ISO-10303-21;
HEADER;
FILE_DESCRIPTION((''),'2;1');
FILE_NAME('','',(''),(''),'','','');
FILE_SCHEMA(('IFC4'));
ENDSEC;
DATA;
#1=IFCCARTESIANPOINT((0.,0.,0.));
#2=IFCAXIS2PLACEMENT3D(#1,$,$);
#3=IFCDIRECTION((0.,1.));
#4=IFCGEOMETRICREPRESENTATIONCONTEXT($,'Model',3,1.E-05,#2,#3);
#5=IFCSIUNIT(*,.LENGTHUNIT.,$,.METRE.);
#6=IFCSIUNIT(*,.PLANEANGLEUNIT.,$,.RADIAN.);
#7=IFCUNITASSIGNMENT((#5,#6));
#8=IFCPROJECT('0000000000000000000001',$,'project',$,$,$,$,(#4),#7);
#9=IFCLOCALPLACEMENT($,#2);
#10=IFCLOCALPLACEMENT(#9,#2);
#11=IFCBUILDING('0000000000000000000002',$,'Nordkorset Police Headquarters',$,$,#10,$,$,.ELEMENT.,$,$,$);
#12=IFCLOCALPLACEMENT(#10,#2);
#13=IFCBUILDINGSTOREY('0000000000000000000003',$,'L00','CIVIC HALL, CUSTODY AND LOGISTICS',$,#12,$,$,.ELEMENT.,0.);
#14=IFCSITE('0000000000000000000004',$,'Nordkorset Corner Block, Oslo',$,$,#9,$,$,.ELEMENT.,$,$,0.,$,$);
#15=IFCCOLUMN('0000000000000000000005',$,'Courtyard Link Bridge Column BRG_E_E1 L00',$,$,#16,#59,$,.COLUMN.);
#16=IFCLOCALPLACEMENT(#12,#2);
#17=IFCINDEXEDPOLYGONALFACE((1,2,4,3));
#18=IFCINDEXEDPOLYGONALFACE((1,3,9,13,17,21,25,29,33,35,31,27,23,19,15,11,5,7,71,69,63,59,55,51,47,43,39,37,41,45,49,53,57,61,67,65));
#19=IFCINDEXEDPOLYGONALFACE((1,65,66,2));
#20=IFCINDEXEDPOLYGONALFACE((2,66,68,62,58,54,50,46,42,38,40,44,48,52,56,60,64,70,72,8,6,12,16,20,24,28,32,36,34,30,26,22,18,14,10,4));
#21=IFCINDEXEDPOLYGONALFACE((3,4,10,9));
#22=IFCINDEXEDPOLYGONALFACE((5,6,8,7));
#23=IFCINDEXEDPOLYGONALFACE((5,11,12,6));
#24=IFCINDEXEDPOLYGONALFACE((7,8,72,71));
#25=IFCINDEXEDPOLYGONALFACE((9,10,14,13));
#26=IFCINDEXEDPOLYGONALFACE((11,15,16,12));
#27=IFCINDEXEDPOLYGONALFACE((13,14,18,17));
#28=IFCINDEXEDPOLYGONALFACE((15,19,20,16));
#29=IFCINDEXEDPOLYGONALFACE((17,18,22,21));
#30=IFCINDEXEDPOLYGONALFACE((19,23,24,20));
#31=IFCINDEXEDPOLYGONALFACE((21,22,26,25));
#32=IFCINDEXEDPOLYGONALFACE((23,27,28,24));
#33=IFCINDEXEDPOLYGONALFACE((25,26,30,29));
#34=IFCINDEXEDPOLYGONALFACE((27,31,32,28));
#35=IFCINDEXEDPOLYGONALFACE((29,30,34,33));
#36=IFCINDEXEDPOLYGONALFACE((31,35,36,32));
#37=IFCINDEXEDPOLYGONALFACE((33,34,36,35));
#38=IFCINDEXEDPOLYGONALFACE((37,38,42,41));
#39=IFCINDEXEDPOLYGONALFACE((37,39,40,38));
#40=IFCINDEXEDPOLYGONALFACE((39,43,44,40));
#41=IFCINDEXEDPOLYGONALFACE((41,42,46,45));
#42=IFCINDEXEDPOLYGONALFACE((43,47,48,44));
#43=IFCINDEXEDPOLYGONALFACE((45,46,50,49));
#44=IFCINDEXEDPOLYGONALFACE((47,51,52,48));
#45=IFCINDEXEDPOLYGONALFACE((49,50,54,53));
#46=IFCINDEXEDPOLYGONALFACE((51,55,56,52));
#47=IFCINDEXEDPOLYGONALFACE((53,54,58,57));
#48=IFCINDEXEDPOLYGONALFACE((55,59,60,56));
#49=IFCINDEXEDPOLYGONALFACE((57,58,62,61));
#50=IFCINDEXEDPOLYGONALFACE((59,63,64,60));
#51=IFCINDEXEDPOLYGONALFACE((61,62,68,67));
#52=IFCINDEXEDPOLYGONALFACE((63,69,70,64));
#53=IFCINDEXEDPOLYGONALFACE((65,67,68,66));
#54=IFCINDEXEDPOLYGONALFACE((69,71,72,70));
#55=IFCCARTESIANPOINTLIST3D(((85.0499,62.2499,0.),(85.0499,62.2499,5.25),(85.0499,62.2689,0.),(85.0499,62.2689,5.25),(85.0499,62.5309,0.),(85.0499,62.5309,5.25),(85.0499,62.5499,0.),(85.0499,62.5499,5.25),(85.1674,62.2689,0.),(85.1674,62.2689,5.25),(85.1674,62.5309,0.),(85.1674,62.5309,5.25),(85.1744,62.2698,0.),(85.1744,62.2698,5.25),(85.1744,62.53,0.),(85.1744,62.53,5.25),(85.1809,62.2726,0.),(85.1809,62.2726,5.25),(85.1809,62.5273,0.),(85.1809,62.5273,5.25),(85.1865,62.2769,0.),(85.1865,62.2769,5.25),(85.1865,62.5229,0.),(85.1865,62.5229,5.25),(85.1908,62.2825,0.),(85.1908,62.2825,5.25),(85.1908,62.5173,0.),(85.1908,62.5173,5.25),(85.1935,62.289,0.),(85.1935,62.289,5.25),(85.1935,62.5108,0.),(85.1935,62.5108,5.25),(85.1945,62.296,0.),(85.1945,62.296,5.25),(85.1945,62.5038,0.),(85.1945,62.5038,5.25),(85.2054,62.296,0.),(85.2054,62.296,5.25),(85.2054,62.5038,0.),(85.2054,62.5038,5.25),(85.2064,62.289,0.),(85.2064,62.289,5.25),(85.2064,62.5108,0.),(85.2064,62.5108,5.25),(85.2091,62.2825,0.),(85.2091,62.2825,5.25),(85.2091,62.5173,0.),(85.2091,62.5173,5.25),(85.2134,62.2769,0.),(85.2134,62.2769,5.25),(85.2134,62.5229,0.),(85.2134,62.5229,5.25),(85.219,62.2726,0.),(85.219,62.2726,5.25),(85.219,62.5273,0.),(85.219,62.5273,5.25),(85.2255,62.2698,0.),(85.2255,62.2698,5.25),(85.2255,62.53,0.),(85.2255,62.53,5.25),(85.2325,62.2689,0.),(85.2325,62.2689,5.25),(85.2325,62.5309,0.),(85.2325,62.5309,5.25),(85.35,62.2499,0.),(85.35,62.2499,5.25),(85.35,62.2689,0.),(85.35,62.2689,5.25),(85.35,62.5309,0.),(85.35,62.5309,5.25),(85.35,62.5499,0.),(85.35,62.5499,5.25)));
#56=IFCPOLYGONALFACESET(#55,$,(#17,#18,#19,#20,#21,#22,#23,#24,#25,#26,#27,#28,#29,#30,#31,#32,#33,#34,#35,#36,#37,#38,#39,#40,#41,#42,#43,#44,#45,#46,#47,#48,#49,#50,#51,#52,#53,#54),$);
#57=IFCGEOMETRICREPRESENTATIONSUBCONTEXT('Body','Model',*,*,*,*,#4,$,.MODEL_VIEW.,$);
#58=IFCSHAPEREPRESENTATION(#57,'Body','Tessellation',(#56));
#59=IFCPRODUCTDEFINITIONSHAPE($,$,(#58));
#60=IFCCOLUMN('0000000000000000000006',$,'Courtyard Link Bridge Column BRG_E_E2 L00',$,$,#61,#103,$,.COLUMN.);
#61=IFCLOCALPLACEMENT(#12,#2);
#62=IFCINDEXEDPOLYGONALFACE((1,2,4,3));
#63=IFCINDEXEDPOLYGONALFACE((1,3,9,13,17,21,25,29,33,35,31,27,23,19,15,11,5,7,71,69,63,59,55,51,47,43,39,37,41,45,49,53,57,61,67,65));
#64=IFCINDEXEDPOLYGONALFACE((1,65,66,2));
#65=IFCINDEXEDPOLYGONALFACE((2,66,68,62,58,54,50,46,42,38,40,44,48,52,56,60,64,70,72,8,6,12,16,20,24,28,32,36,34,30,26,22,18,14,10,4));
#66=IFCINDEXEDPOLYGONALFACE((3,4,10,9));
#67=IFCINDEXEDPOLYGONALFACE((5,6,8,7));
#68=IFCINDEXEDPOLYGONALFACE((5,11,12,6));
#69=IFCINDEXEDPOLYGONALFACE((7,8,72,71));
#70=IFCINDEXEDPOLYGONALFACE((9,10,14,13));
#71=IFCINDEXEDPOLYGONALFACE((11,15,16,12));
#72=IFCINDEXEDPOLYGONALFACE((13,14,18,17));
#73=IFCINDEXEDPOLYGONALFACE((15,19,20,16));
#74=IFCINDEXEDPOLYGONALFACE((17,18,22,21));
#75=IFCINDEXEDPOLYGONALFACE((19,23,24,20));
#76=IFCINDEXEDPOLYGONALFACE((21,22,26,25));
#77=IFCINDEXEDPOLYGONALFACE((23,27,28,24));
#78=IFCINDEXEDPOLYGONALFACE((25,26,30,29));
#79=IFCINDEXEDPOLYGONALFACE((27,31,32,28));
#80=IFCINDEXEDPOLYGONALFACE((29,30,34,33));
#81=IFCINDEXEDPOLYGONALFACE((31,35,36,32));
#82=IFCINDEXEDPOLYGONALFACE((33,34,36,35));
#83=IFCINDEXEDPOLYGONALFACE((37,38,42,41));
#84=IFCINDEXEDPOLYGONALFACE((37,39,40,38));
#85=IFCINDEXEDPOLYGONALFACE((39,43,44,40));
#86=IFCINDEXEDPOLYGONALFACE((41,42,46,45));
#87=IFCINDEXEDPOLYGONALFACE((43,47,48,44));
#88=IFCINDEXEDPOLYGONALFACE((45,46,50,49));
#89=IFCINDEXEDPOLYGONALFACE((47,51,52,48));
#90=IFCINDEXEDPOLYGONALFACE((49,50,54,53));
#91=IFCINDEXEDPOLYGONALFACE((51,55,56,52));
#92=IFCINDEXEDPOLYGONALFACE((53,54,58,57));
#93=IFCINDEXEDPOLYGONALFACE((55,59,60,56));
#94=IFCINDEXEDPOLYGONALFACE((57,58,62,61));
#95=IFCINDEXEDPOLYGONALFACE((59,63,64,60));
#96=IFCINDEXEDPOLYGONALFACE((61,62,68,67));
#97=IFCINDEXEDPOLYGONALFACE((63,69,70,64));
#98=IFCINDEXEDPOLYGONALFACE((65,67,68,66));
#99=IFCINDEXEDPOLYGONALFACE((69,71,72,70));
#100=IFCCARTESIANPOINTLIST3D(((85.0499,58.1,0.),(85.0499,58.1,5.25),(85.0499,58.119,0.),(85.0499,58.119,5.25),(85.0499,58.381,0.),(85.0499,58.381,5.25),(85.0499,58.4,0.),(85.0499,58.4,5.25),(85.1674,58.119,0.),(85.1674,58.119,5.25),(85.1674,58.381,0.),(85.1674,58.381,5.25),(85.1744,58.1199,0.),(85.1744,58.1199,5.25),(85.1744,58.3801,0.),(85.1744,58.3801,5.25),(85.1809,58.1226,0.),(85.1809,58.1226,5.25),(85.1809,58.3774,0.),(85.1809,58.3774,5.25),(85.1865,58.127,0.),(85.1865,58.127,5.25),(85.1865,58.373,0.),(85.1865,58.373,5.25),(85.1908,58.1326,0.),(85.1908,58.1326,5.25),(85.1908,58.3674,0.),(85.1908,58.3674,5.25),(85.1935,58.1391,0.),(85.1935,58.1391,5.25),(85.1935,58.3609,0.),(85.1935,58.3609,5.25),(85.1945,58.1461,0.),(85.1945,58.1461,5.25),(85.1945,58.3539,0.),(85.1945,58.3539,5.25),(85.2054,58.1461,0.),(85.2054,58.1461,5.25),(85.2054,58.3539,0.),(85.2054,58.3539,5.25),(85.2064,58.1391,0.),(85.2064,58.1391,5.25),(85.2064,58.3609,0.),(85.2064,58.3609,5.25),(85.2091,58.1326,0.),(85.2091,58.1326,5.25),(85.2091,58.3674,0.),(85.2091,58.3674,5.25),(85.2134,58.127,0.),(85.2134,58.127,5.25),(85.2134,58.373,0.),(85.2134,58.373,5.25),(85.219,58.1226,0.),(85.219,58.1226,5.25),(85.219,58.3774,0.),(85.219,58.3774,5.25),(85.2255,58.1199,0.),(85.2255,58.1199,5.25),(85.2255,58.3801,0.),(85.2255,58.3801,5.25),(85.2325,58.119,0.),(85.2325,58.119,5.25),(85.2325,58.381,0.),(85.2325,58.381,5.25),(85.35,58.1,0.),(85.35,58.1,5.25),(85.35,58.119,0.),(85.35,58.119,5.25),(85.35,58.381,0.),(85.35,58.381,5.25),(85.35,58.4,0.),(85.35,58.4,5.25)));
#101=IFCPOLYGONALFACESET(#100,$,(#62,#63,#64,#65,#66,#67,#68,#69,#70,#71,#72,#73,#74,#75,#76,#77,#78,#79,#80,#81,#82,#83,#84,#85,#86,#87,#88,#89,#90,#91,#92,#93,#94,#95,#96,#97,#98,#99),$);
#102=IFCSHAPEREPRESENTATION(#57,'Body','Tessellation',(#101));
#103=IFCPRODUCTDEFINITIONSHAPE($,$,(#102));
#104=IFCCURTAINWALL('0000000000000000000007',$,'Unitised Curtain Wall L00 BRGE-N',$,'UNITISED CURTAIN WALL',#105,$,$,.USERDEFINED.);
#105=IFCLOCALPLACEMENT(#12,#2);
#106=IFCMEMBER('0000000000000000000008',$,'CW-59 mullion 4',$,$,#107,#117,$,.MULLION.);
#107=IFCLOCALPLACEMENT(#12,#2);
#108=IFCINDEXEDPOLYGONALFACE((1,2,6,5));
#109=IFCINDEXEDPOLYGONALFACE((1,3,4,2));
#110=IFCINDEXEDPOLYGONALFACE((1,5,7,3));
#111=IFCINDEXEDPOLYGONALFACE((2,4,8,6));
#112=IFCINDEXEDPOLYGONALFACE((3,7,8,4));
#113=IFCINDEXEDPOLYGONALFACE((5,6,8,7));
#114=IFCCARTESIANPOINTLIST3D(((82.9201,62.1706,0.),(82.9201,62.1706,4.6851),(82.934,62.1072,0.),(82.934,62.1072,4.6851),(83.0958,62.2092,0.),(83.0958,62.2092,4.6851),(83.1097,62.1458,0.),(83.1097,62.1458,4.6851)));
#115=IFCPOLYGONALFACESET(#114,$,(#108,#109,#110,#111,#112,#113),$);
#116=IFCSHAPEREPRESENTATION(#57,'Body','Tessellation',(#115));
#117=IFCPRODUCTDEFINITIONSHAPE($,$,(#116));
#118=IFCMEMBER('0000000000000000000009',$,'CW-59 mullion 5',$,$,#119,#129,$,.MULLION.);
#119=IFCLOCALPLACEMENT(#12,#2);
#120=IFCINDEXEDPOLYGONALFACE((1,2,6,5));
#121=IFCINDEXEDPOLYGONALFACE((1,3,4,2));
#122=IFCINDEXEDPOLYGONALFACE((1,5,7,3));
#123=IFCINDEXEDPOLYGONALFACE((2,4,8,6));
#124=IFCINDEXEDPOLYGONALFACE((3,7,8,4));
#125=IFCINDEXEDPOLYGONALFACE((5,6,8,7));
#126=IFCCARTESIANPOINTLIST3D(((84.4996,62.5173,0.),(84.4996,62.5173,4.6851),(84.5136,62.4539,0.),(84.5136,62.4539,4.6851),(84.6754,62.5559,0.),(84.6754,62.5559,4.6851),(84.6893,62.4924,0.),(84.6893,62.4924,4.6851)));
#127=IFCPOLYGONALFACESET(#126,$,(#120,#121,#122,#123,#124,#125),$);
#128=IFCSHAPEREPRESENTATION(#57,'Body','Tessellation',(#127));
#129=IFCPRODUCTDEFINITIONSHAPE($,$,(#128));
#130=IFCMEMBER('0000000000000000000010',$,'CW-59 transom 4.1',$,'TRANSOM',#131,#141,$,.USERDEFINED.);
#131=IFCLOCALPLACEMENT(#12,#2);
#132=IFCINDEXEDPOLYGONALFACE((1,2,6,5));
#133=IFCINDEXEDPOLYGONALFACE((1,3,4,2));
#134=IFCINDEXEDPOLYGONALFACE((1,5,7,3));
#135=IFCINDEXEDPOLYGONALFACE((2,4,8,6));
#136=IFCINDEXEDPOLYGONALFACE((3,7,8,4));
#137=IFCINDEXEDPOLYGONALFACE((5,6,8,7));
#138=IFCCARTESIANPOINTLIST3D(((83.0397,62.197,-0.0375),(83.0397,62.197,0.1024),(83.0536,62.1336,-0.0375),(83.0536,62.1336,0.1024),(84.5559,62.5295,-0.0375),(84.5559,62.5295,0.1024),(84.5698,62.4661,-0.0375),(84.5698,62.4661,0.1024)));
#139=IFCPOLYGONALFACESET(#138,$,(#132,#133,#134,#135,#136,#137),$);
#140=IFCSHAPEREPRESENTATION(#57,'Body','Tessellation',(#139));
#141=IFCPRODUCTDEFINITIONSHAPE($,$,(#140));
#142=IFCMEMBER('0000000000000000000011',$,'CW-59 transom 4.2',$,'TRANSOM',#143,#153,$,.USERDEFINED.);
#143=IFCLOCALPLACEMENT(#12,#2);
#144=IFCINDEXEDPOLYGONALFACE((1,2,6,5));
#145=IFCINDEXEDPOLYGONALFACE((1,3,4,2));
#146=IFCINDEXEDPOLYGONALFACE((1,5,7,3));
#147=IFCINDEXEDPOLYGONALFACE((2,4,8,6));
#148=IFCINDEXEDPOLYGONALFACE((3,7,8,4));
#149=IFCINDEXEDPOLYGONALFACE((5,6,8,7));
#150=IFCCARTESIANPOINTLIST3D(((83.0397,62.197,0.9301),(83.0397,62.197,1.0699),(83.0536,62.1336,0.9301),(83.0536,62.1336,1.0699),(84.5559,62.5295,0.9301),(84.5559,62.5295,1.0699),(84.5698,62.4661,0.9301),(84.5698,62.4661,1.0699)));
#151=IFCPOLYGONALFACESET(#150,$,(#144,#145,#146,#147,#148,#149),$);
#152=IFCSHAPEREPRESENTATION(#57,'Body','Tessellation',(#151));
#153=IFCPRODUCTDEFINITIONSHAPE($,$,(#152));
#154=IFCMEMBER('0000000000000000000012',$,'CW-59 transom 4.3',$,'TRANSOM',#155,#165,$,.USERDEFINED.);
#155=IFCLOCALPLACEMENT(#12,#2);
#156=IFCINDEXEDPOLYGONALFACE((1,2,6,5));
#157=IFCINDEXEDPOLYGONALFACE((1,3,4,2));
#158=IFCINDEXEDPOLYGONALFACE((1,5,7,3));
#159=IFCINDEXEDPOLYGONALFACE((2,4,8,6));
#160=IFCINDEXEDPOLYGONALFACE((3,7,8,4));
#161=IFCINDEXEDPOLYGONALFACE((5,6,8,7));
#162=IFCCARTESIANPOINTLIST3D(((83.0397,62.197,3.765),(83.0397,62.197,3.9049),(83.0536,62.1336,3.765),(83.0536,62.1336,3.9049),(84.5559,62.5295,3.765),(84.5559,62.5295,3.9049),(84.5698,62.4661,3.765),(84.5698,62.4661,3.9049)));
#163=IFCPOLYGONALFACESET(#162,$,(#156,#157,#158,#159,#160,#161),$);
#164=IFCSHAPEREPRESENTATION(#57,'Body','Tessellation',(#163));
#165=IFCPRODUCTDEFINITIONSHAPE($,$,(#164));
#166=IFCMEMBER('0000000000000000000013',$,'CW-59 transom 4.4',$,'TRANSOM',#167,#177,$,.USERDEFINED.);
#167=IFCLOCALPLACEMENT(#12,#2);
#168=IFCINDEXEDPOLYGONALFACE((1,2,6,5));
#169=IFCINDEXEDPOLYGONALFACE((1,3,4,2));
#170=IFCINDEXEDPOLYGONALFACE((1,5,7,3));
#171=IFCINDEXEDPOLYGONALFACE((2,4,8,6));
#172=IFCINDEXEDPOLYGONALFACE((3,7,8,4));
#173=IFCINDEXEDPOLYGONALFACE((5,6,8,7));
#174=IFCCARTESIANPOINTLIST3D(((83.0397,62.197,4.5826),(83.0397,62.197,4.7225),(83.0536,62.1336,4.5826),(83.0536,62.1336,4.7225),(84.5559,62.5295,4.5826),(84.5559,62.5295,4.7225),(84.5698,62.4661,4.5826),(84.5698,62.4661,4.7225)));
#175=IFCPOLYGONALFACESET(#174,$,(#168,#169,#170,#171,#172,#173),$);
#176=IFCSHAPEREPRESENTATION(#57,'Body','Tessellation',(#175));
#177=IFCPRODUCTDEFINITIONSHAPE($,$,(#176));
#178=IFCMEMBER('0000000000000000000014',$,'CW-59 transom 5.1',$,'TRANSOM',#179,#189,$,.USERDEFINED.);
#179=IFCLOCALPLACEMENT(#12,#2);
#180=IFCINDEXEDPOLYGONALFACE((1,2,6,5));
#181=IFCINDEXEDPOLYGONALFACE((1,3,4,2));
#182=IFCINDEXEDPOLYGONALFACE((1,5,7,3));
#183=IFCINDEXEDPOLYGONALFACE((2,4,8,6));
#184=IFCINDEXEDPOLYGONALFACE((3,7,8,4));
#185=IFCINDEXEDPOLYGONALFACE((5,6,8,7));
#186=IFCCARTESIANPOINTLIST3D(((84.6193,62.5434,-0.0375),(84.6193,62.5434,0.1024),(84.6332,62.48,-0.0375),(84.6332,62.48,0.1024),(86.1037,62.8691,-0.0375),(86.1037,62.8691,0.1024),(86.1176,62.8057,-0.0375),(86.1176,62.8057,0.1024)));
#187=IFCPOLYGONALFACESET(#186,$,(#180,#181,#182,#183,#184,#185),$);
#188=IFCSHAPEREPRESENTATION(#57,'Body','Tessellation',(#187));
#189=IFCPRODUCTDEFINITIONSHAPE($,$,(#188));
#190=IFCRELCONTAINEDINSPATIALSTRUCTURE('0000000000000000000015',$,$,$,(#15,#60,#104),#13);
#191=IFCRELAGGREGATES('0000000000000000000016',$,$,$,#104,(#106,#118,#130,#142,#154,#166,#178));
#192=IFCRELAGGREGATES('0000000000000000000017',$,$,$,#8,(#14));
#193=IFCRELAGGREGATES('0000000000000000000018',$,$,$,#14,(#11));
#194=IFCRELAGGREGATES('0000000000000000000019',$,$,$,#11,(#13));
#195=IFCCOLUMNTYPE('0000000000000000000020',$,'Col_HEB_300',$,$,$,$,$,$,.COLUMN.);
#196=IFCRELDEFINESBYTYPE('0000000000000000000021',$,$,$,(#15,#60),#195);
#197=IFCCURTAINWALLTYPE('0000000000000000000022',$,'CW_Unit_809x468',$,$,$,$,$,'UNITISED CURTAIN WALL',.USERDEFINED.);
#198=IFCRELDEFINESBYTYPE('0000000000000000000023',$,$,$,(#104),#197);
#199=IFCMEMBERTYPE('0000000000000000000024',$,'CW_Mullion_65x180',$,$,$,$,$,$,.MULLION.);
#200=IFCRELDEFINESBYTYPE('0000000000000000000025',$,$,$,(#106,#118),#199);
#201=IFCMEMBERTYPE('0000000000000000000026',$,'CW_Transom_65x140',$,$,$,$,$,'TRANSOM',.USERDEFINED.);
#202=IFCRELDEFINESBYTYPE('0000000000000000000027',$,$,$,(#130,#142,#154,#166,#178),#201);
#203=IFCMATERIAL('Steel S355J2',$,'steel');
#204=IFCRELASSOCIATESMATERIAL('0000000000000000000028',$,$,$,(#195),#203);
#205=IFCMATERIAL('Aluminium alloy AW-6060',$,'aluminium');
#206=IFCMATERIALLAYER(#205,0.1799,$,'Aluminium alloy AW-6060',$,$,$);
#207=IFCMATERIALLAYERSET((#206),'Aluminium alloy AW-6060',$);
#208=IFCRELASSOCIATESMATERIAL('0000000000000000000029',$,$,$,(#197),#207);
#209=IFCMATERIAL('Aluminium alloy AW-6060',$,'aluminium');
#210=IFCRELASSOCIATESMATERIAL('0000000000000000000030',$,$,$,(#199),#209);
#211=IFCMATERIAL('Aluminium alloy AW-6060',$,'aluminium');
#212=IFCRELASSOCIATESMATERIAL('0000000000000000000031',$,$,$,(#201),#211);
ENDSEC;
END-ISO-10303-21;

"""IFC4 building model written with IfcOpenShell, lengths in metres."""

from ifc_helpers import new_model, si_unit, direction, frame, origin, origin_2d, place, context, subcontext, project, spatial, rectangle, i_section, extrude, material, layer, layer_set, material_profile, profile_set, type_object, element, aggregate, save


model = new_model("IFC4")

# Units and contexts
model_context = context("Model", 3, precision=1e-05, world=origin(), true_north=direction((0.0, 1.0)))
body_context = subcontext(model_context, "Body", "Model", "MODEL_VIEW")
ifc_project = project(units=[si_unit("LENGTHUNIT", "METRE"), si_unit("PLANEANGLEUNIT", "RADIAN")], contexts=[model_context])

# Site, building, storey
site_placement = place(None, origin())
site = spatial("IfcSite", under=ifc_project, at=site_placement, Name="Nordkorset Corner Block, Oslo", CompositionType="ELEMENT", RefElevation=0.0)
building_placement = place(site_placement, origin())
building = spatial("IfcBuilding", under=site, at=building_placement, Name="Nordkorset Police Headquarters", CompositionType="ELEMENT")
storey_placement = place(building_placement, origin())
storey = spatial("IfcBuildingStorey", under=building, at=storey_placement, Name="L00", Description="CIVIC HALL, CUSTODY AND LOGISTICS", CompositionType="ELEMENT", Elevation=0.0)

# Columns
ifc_material_1 = material(Name="Steel S355J2", Category="steel")
ifc_material_profile_1 = material_profile(ifc_material_1, i_section(OverallWidth=0.3, OverallDepth=0.3, WebThickness=0.011, FlangeThickness=0.019, FilletRadius=0.0271, at=origin_2d()), Name="HEB 300")
ifc_profile_set_1 = profile_set([ifc_material_profile_1], Name="Steel S355J2")
column_type = type_object("IfcColumnType", Name="Col_HEB_300", PredefinedType="COLUMN", material=ifc_profile_set_1)
for number, where, z_axis, x_axis, name in (
    (1, (85.2, 62.3999, 0.0), (0.0, 0.0, 1.0), (1.0, 0.0, 0.0), "Courtyard Link Bridge Column BRG_E_E1 L00"),
    (2, (85.2, 58.25, 0.0), (0.0, 0.0, 1.0), (1.0, 0.0, 0.0), "Courtyard Link Bridge Column BRG_E_E2 L00"),
):
    element("IfcColumn", number, at=place(storey_placement, frame(where, z_axis=z_axis, x_axis=x_axis)), inside=storey, type_object=column_type, Name=name, PredefinedType="COLUMN", context=body_context, shape_type="SweptSolid", body=[
        extrude(i_section(OverallWidth=0.3, OverallDepth=0.3, WebThickness=0.011, FlangeThickness=0.019, FilletRadius=0.0271, at=origin_2d()), origin(), (0.0, 0.0, 1.0), 5.25),
    ])

# Curtain wall, members
ifc_material_2 = material(Name="Aluminium alloy AW-6060", Category="aluminium")
ifc_layer_1 = layer(ifc_material_2, 0.1799, Name="Aluminium alloy AW-6060")
ifc_layer_set_1 = layer_set([ifc_layer_1], Name="Aluminium alloy AW-6060")
curtain_wall_type = type_object("IfcCurtainWallType", Name="CW_Unit_809x468", ElementType="UNITISED CURTAIN WALL", PredefinedType="USERDEFINED", material=ifc_layer_set_1)
curtain_wall_placement = place(storey_placement, origin())
curtain_wall = element("IfcCurtainWall", 3, at=curtain_wall_placement, inside=storey, type_object=curtain_wall_type, Name="Unitised Curtain Wall L00 BRGE-N", ObjectType="UNITISED CURTAIN WALL", PredefinedType="USERDEFINED")
ifc_material_3 = material(Name="Aluminium alloy AW-6060", Category="aluminium")
ifc_material_profile_2 = material_profile(ifc_material_3, rectangle(XDim=0.0649, YDim=0.1799, at=origin_2d()), Name="ALU MULL 65x180")
ifc_profile_set_2 = profile_set([ifc_material_profile_2], Name="Aluminium alloy AW-6060")
member_type_1 = type_object("IfcMemberType", Name="CW_Mullion_65x180", PredefinedType="MULLION", material=ifc_profile_set_2)
member_1_placement = place(storey_placement, frame((83.0149, 62.1582, 0.0), z_axis=(0.0, 0.0, 1.0), x_axis=(-0.214298, 0.976768, 0.0)))
member_1 = element("IfcMember", 4, at=member_1_placement, type_object=member_type_1, Name="CW-59 mullion 4", PredefinedType="MULLION", context=body_context, shape_type="SweptSolid", body=[
    extrude(rectangle(XDim=0.0649, YDim=0.1799, at=origin_2d()), origin(), (0.0, 0.0, 1.0), 4.6851),
])
member_2_placement = place(storey_placement, frame((84.5945, 62.5049, 0.0), z_axis=(0.0, 0.0, 1.0), x_axis=(-0.214298, 0.976768, 0.0)))
member_2 = element("IfcMember", 5, at=member_2_placement, type_object=member_type_1, Name="CW-59 mullion 5", PredefinedType="MULLION", context=body_context, shape_type="SweptSolid", body=[
    extrude(rectangle(XDim=0.0649, YDim=0.1799, at=origin_2d()), origin(), (0.0, 0.0, 1.0), 4.6851),
])
ifc_material_4 = material(Name="Aluminium alloy AW-6060", Category="aluminium")
ifc_material_profile_3 = material_profile(ifc_material_4, rectangle(XDim=0.0649, YDim=0.1399, at=origin_2d()), Name="ALU TRAN 65x140")
ifc_profile_set_3 = profile_set([ifc_material_profile_3], Name="Aluminium alloy AW-6060")
member_type_2 = type_object("IfcMemberType", Name="CW_Transom_65x140", ElementType="TRANSOM", PredefinedType="USERDEFINED", material=ifc_profile_set_3)
member_3_placement = place(storey_placement, frame((83.0466, 62.1653, 0.0325), z_axis=(0.976783, 0.214232, 0.0), x_axis=(-0.214232, 0.976783, 0.0)))
member_3 = element("IfcMember", 6, at=member_3_placement, type_object=member_type_2, Name="CW-59 transom 4.1", ObjectType="TRANSOM", PredefinedType="USERDEFINED", context=body_context, shape_type="SweptSolid", body=[
    extrude(rectangle(XDim=0.0649, YDim=0.1399, at=origin_2d()), origin(), (0.0, 0.0, 1.0), 1.5522),
])
member_4_placement = place(storey_placement, frame((83.0466, 62.1653, 1.0), z_axis=(0.976783, 0.214232, 0.0), x_axis=(-0.214232, 0.976783, 0.0)))
member_4 = element("IfcMember", 7, at=member_4_placement, type_object=member_type_2, Name="CW-59 transom 4.2", ObjectType="TRANSOM", PredefinedType="USERDEFINED", context=body_context, shape_type="SweptSolid", body=[
    extrude(rectangle(XDim=0.0649, YDim=0.1399, at=origin_2d()), origin(), (0.0, 0.0, 1.0), 1.5522),
])
member_5_placement = place(storey_placement, frame((83.0466, 62.1653, 3.835), z_axis=(0.976783, 0.214232, 0.0), x_axis=(-0.214232, 0.976783, 0.0)))
member_5 = element("IfcMember", 8, at=member_5_placement, type_object=member_type_2, Name="CW-59 transom 4.3", ObjectType="TRANSOM", PredefinedType="USERDEFINED", context=body_context, shape_type="SweptSolid", body=[
    extrude(rectangle(XDim=0.0649, YDim=0.1399, at=origin_2d()), origin(), (0.0, 0.0, 1.0), 1.5522),
])
member_6_placement = place(storey_placement, frame((83.0466, 62.1653, 4.6526), z_axis=(0.976783, 0.214232, 0.0), x_axis=(-0.214232, 0.976783, 0.0)))
member_6 = element("IfcMember", 9, at=member_6_placement, type_object=member_type_2, Name="CW-59 transom 4.4", ObjectType="TRANSOM", PredefinedType="USERDEFINED", context=body_context, shape_type="SweptSolid", body=[
    extrude(rectangle(XDim=0.0649, YDim=0.1399, at=origin_2d()), origin(), (0.0, 0.0, 1.0), 1.5522),
])
member_7_placement = place(storey_placement, frame((84.6262, 62.5117, 0.0325), z_axis=(0.976766, 0.21431, 0.0), x_axis=(-0.21431, 0.976766, 0.0)))
member_7 = element("IfcMember", 10, at=member_7_placement, type_object=member_type_2, Name="CW-59 transom 5.1", ObjectType="TRANSOM", PredefinedType="USERDEFINED", context=body_context, shape_type="SweptSolid", body=[
    extrude(rectangle(XDim=0.0649, YDim=0.1399, at=origin_2d()), origin(), (0.0, 0.0, 1.0), 1.5198),
])

aggregate(curtain_wall, [member_1, member_2, member_3, member_4, member_5, member_6, member_7])

save(model, "model.ifc")
